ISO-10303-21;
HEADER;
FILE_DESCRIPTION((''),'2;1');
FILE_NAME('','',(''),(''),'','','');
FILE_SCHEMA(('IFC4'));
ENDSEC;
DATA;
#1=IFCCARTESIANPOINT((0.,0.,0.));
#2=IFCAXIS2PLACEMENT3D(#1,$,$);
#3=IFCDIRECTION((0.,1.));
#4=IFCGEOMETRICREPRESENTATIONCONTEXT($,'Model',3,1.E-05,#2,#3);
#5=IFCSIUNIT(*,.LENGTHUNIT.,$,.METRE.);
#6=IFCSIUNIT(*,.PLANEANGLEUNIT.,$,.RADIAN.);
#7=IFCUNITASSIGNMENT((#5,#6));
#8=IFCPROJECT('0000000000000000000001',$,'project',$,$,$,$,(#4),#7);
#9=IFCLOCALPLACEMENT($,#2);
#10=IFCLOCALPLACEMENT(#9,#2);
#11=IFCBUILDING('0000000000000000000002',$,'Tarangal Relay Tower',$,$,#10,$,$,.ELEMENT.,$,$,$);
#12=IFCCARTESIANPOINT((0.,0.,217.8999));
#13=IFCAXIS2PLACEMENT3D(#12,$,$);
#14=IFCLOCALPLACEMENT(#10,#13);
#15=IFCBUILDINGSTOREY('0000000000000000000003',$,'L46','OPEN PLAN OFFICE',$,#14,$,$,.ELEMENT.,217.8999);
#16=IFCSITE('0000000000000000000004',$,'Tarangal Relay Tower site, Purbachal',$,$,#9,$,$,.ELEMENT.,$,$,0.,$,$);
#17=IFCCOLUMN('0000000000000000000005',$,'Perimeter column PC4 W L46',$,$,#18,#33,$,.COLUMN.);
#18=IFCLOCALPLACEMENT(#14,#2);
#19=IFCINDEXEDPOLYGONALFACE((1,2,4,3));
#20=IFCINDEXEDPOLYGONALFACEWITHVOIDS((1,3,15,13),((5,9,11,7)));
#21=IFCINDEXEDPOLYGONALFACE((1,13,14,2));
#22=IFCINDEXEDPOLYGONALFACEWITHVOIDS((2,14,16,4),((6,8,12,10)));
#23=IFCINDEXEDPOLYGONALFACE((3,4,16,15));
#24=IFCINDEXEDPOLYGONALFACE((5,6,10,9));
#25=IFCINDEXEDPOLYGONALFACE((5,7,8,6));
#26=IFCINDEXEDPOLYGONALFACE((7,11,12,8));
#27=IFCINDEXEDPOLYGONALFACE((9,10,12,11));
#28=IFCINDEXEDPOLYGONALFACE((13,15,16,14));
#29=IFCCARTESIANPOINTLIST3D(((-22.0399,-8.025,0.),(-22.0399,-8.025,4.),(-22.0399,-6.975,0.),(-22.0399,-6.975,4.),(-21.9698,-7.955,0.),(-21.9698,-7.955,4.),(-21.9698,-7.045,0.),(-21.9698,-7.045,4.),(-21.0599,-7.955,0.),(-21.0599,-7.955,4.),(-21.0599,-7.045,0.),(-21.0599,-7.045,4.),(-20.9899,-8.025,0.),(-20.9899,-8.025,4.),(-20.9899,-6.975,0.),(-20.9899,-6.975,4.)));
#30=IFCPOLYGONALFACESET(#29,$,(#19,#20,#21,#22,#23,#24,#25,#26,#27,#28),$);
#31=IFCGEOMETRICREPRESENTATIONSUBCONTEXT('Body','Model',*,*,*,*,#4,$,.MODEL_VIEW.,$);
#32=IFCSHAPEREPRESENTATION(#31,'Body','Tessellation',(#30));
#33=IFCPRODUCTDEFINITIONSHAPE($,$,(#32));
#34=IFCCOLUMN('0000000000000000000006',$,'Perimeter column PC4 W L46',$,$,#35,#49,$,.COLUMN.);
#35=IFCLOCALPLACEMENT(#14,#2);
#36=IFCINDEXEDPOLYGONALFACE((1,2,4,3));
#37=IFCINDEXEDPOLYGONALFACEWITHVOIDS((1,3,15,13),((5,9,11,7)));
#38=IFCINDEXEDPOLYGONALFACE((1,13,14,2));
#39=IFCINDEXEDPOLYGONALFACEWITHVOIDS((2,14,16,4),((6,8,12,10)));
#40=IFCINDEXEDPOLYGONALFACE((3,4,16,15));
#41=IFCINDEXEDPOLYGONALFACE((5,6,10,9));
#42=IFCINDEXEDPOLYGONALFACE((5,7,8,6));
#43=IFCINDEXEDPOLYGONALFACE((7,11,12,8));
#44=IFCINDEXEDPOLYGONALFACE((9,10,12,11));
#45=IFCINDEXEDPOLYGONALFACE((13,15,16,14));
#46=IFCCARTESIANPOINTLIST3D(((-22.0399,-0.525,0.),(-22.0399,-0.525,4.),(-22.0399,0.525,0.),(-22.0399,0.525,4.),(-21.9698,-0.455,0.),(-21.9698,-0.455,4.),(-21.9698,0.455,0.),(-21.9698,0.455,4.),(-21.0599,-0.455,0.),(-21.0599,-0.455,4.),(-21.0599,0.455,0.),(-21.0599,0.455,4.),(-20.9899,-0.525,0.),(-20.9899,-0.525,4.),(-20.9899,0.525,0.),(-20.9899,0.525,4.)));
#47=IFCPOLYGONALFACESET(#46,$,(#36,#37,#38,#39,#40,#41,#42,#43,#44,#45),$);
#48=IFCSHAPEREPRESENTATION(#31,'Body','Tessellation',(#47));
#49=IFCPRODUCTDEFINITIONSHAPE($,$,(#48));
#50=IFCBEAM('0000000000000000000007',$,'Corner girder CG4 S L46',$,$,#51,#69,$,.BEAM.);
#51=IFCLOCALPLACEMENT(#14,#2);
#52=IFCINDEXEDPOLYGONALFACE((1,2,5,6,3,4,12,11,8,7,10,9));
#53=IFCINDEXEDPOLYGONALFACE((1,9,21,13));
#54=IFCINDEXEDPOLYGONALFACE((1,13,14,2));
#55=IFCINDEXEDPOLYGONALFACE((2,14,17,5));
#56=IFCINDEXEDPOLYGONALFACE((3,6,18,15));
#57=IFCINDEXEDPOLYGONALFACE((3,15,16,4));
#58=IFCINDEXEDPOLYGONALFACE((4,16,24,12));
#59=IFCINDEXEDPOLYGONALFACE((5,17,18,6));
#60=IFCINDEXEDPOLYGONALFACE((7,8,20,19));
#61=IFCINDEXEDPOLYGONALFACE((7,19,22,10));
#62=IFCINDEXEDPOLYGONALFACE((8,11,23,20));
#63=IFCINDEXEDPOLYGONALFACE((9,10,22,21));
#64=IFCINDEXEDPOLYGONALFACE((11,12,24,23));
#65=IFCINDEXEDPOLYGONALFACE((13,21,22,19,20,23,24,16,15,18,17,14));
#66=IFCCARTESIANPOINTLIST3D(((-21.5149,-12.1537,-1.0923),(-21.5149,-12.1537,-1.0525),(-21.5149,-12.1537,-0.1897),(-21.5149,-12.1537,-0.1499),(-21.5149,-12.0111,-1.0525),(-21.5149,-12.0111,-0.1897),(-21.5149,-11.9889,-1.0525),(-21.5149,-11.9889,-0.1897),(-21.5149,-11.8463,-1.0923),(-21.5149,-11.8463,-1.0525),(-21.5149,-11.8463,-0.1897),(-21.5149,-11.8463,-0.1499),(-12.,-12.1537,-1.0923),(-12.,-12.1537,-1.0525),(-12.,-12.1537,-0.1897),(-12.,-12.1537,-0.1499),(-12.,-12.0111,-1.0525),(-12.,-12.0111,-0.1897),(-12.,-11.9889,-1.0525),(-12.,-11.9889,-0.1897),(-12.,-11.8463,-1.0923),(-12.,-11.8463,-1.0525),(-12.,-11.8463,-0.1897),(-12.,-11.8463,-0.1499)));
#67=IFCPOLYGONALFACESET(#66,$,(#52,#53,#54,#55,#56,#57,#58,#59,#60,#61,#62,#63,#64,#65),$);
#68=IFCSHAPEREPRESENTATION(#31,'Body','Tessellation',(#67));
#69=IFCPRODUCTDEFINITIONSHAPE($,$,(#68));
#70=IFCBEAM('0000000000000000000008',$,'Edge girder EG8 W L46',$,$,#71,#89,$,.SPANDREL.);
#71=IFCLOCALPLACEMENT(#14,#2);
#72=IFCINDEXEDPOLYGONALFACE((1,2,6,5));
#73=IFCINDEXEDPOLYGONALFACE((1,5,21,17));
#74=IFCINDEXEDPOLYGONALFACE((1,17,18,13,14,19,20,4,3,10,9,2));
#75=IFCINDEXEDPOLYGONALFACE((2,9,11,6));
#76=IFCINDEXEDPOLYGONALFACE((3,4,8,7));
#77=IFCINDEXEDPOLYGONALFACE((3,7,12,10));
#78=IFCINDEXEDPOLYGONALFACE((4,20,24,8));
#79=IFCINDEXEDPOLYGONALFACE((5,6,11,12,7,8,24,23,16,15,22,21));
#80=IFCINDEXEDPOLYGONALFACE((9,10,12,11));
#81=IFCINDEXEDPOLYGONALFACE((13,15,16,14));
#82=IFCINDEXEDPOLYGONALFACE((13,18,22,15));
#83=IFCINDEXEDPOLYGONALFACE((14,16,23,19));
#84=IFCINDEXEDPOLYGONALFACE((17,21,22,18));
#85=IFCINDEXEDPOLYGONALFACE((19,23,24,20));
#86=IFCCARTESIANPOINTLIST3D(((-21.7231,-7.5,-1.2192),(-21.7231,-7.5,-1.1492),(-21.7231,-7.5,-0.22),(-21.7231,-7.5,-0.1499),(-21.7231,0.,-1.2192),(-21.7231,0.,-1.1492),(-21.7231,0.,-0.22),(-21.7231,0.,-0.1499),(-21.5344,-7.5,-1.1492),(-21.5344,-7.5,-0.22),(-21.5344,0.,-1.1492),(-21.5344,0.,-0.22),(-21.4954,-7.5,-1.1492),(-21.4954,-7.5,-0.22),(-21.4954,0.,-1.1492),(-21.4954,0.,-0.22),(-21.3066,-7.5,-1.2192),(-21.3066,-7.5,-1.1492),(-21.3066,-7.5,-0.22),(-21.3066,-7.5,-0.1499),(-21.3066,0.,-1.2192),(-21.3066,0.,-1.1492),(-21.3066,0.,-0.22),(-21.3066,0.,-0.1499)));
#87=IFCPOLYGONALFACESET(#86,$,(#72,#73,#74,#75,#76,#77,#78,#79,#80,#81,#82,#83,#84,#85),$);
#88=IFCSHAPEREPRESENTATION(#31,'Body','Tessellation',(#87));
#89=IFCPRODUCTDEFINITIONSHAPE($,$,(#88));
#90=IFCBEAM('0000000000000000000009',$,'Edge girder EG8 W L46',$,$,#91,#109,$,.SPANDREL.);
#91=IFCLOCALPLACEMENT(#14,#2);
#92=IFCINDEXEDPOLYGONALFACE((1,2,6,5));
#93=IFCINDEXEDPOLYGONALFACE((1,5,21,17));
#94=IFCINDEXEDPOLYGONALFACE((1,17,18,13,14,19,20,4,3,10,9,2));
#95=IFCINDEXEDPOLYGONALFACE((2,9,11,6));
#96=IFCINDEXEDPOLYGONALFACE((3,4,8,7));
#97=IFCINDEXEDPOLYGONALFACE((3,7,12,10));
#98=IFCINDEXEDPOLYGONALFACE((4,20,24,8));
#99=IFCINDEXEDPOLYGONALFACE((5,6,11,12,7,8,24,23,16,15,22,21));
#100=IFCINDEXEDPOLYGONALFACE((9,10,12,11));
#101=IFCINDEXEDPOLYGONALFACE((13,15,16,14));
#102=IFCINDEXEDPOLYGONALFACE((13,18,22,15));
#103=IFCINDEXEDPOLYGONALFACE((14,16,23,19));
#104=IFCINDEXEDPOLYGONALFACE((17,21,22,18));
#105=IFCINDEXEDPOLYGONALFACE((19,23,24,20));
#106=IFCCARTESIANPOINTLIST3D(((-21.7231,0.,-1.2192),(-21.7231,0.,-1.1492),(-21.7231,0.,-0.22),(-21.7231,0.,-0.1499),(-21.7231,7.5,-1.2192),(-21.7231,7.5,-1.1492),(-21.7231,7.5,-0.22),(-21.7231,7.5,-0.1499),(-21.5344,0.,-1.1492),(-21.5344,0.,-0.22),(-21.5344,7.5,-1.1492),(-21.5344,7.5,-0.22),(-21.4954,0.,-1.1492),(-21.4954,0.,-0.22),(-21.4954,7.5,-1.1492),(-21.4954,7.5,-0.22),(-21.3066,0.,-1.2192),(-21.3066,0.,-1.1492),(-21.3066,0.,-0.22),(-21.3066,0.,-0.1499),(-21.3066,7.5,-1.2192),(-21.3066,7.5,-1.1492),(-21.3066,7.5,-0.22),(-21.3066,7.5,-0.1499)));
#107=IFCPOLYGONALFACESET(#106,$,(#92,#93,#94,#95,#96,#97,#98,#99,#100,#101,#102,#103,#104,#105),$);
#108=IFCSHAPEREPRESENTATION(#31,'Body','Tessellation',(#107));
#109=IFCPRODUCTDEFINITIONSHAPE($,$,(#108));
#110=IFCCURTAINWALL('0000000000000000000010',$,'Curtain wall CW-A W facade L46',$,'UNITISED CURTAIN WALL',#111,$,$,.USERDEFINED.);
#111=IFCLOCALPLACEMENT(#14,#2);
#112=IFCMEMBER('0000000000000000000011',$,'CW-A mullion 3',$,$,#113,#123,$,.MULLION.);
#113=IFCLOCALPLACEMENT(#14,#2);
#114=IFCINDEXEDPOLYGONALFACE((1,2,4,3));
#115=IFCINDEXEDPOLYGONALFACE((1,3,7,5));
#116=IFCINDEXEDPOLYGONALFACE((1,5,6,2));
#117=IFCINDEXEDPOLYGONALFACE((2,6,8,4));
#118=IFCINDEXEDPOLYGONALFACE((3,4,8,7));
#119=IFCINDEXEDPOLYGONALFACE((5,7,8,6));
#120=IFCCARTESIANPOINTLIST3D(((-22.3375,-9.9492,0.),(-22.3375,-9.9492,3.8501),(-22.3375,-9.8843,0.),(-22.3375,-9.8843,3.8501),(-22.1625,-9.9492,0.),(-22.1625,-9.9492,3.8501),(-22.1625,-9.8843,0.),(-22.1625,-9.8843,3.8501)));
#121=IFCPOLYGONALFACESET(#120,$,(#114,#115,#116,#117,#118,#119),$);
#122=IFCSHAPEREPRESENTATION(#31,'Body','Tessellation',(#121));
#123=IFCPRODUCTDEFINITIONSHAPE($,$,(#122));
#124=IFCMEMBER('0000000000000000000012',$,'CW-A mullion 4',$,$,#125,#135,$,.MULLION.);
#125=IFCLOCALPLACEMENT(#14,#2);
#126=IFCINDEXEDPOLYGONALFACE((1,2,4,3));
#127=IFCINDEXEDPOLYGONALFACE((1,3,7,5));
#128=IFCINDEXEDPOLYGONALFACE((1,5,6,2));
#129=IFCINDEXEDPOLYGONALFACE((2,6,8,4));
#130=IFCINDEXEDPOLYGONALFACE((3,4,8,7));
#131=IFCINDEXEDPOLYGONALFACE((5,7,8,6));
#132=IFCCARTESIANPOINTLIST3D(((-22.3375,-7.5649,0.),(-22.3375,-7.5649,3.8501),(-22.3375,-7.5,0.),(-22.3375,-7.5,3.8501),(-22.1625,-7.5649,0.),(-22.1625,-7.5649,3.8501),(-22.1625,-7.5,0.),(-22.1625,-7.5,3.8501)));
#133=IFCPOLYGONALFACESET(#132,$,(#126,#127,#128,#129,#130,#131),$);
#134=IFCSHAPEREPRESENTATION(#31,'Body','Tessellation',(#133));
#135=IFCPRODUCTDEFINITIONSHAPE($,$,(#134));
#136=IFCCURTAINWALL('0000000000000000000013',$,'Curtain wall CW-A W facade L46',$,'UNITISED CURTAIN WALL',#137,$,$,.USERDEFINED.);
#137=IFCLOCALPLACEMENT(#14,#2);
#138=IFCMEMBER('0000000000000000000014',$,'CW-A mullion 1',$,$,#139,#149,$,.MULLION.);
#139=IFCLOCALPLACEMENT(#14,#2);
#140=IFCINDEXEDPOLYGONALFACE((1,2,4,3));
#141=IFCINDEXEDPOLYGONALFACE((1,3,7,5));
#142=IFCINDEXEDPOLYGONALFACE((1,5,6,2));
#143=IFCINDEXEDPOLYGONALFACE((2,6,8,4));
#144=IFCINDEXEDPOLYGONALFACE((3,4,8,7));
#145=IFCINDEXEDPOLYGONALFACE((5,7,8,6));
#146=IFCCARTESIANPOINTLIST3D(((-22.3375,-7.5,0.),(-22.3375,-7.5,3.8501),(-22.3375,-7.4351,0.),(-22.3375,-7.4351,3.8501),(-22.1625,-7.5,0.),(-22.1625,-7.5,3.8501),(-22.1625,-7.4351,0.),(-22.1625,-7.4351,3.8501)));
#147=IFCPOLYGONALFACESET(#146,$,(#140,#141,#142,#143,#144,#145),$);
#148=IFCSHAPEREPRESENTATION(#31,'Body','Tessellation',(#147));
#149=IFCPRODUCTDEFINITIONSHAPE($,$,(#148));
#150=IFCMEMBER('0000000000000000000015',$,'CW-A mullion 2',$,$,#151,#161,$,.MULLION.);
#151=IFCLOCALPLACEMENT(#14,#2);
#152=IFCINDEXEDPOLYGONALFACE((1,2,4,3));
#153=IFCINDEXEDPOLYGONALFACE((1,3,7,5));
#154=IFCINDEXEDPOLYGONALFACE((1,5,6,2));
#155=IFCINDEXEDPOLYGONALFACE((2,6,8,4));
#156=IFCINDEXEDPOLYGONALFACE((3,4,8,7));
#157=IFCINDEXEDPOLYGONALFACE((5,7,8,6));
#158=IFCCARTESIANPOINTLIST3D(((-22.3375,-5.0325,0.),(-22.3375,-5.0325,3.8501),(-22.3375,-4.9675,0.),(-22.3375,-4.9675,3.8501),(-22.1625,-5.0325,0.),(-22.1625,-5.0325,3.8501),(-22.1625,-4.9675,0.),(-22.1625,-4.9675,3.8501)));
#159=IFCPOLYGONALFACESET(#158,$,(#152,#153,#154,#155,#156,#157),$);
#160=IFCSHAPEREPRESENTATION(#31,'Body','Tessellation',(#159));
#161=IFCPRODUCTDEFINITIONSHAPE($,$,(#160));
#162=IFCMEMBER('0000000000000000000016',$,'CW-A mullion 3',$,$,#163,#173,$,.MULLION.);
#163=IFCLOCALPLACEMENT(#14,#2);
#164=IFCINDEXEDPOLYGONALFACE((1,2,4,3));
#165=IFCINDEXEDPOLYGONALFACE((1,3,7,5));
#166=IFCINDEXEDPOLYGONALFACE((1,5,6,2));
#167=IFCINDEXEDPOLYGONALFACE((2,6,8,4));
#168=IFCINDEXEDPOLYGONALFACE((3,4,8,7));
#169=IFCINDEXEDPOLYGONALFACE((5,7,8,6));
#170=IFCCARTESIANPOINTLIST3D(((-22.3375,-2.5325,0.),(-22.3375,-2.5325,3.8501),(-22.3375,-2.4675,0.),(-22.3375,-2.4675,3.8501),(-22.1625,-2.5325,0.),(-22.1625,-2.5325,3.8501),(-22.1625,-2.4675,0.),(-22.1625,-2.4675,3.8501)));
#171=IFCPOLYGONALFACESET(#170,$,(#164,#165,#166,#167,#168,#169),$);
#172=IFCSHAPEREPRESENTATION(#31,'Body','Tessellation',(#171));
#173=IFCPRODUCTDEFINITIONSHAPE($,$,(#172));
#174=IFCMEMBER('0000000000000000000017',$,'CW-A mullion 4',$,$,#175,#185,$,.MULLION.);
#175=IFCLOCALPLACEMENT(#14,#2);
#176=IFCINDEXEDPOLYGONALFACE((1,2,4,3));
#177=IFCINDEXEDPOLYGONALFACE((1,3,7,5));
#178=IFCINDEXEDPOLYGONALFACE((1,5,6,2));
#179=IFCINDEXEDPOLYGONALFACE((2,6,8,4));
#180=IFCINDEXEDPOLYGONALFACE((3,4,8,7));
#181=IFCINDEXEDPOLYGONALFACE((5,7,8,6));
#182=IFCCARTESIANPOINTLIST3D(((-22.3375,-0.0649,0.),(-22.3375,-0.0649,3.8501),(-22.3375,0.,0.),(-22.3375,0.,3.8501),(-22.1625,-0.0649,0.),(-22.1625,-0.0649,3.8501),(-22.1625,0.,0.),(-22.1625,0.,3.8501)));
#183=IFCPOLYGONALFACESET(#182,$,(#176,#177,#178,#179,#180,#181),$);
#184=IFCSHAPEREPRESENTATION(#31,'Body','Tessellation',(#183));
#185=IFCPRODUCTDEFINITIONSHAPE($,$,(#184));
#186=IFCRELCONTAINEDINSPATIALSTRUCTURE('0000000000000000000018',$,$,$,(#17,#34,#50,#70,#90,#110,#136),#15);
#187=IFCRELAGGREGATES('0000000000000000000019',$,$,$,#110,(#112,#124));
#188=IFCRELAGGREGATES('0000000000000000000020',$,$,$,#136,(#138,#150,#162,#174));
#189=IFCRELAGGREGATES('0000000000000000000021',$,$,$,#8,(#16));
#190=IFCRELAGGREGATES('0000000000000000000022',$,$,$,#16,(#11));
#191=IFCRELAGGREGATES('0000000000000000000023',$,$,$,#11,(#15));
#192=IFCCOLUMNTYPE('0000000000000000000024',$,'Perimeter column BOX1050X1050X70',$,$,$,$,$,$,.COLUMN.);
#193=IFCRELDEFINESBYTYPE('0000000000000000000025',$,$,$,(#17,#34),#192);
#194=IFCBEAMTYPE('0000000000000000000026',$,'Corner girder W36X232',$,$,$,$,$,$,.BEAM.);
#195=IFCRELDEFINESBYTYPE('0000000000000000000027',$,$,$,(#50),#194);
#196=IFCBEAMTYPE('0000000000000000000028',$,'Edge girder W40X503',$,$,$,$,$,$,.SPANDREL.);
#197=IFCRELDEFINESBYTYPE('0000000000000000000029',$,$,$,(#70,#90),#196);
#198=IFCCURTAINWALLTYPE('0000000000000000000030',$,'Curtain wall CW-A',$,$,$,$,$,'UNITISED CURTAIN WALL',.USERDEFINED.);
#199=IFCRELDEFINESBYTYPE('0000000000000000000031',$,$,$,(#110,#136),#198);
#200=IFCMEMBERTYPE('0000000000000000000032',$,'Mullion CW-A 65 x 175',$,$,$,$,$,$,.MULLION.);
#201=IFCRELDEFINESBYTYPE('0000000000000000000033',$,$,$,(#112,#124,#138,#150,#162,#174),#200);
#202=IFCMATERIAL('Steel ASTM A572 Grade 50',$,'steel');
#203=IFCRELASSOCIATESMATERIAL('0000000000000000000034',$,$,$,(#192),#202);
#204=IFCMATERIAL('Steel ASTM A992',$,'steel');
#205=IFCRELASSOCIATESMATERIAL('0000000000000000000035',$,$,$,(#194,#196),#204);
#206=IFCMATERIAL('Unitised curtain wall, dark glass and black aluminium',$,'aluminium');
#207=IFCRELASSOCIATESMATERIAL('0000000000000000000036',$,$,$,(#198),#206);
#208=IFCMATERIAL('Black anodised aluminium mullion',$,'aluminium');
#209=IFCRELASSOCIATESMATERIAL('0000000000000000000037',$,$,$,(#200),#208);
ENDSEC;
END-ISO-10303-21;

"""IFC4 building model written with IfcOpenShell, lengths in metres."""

from ifc_helpers import new_model, si_unit, direction, frame, origin, origin_2d, place, context, subcontext, project, spatial, rectangle, hollow_rectangle, i_section, extrude, material, material_profile, profile_set, type_object, element, aggregate, save


model = new_model("IFC4")

# Units and contexts
model_context = context("Model", 3, precision=1e-05, world=origin(), true_north=direction((0.0, 1.0)))
body_context = subcontext(model_context, "Body", "Model", "MODEL_VIEW")
ifc_project = project(units=[si_unit("LENGTHUNIT", "METRE"), si_unit("PLANEANGLEUNIT", "RADIAN")], contexts=[model_context])

# Site, building, storey
site_placement = place(None, origin())
site = spatial("IfcSite", under=ifc_project, at=site_placement, Name="Tarangal Relay Tower site, Purbachal", CompositionType="ELEMENT", RefElevation=0.0)
building_placement = place(site_placement, origin())
building = spatial("IfcBuilding", under=site, at=building_placement, Name="Tarangal Relay Tower", CompositionType="ELEMENT")
storey_placement = place(building_placement, frame((0.0, 0.0, 217.8999)))
storey = spatial("IfcBuildingStorey", under=building, at=storey_placement, Name="L46", Description="OPEN PLAN OFFICE", CompositionType="ELEMENT", Elevation=217.8999)

# Columns
ifc_material_1 = material(Name="Steel ASTM A572 Grade 50", Category="steel")
ifc_material_profile_1 = material_profile(ifc_material_1, hollow_rectangle(XDim=1.05, YDim=1.05, WallThickness=0.0701, at=origin_2d()), Name="BOX1050X1050X70")
ifc_profile_set_1 = profile_set([ifc_material_profile_1], Name="Steel ASTM A572 Grade 50")
column_type = type_object("IfcColumnType", Name="Perimeter column BOX1050X1050X70", PredefinedType="COLUMN", material=ifc_profile_set_1)
for number, where, z_axis, x_axis, name in (
    (1, (-21.5149, -7.5, 0.0), (0.0, 0.0, 1.0), (1.0, 0.0, 0.0), "Perimeter column PC4 W L46"),
    (2, (-21.5149, 0.0, 0.0), (0.0, 0.0, 1.0), (1.0, 0.0, 0.0), "Perimeter column PC4 W L46"),
):
    element("IfcColumn", number, at=place(storey_placement, frame(where, z_axis=z_axis, x_axis=x_axis)), inside=storey, type_object=column_type, Name=name, PredefinedType="COLUMN", context=body_context, shape_type="SweptSolid", body=[
        extrude(hollow_rectangle(XDim=1.05, YDim=1.05, WallThickness=0.0701, at=origin_2d()), origin(), (0.0, 0.0, 1.0), 4.0),
    ])

# Beams
ifc_material_2 = material(Name="Steel ASTM A992", Category="steel")
ifc_material_profile_2 = material_profile(ifc_material_2, i_section(OverallWidth=0.3074, OverallDepth=0.9424, WebThickness=0.0222, FlangeThickness=0.0398, at=origin_2d()), Name="W36X232")
ifc_profile_set_2 = profile_set([ifc_material_profile_2], Name="Steel ASTM A992")
beam_type_1 = type_object("IfcBeamType", Name="Corner girder W36X232", PredefinedType="BEAM", material=ifc_profile_set_2)
beam_placement = place(storey_placement, frame((-12.0, -12.0, -0.6211), z_axis=(-1.0, 0.0, 0.0), x_axis=(0.0, -1.0, 0.0)))
element("IfcBeam", 3, at=beam_placement, inside=storey, type_object=beam_type_1, Name="Corner girder CG4 S L46", PredefinedType="BEAM", context=body_context, shape_type="SweptSolid", body=[
    extrude(i_section(OverallWidth=0.3074, OverallDepth=0.9424, WebThickness=0.0222, FlangeThickness=0.0398, at=origin_2d()), origin(), (0.0, 0.0, 1.0), 9.5149),
])
ifc_material_profile_3 = material_profile(ifc_material_2, i_section(OverallWidth=0.4165, OverallDepth=1.0693, WebThickness=0.0391, FlangeThickness=0.0701, at=origin_2d()), Name="W40X503")
ifc_profile_set_3 = profile_set([ifc_material_profile_3], Name="Steel ASTM A992")
beam_type_2 = type_object("IfcBeamType", Name="Edge girder W40X503", PredefinedType="SPANDREL", material=ifc_profile_set_3)
for number, where, z_axis, x_axis, name in (
    (4, (-21.5149, -7.5, -0.6846), (0.0, 1.0, 0.0), (-1.0, 0.0, 0.0), "Edge girder EG8 W L46"),
    (5, (-21.5149, 0.0, -0.6846), (0.0, 1.0, 0.0), (-1.0, 0.0, 0.0), "Edge girder EG8 W L46"),
):
    element("IfcBeam", number, at=place(storey_placement, frame(where, z_axis=z_axis, x_axis=x_axis)), inside=storey, type_object=beam_type_2, Name=name, PredefinedType="SPANDREL", context=body_context, shape_type="SweptSolid", body=[
        extrude(i_section(OverallWidth=0.4165, OverallDepth=1.0693, WebThickness=0.0391, FlangeThickness=0.0701, at=origin_2d()), origin(), (0.0, 0.0, 1.0), 7.5),
    ])

# Curtain walls, members
ifc_material_3 = material(Name="Unitised curtain wall, dark glass and black aluminium", Category="aluminium")
curtain_wall_type = type_object("IfcCurtainWallType", Name="Curtain wall CW-A", ElementType="UNITISED CURTAIN WALL", PredefinedType="USERDEFINED", material=ifc_material_3)
curtain_wall_1_placement = place(storey_placement, origin())
curtain_wall_1 = element("IfcCurtainWall", 6, at=curtain_wall_1_placement, inside=storey, type_object=curtain_wall_type, Name="Curtain wall CW-A W facade L46", ObjectType="UNITISED CURTAIN WALL", PredefinedType="USERDEFINED")
ifc_material_4 = material(Name="Black anodised aluminium mullion", Category="aluminium")
ifc_material_profile_4 = material_profile(ifc_material_4, rectangle(XDim=0.175, YDim=0.0649, at=origin_2d()), Name="CW-AM 65X175")
ifc_profile_set_4 = profile_set([ifc_material_profile_4], Name="Black anodised aluminium mullion")
member_type_1 = type_object("IfcMemberType", Name="Mullion CW-A 65 x 175", PredefinedType="MULLION", material=ifc_profile_set_4)
member_1_placement = place(storey_placement, frame((-22.25, -9.9167, 0.0), z_axis=(0.0, 0.0, 1.0), x_axis=(-1.0, 0.0, 0.0)))
member_1 = element("IfcMember", 7, at=member_1_placement, type_object=member_type_1, Name="CW-A mullion 3", PredefinedType="MULLION", context=body_context, shape_type="SweptSolid", body=[
    extrude(rectangle(XDim=0.175, YDim=0.0649, at=origin_2d()), origin(), (0.0, 0.0, 1.0), 3.8501),
])
member_2_placement = place(storey_placement, frame((-22.25, -7.5325, 0.0), z_axis=(0.0, 0.0, 1.0), x_axis=(-1.0, 0.0, 0.0)))
member_2 = element("IfcMember", 8, at=member_2_placement, type_object=member_type_1, Name="CW-A mullion 4", PredefinedType="MULLION", context=body_context, shape_type="SweptSolid", body=[
    extrude(rectangle(XDim=0.175, YDim=0.0649, at=origin_2d()), origin(), (0.0, 0.0, 1.0), 3.8501),
])
curtain_wall_2_placement = place(storey_placement, origin())
curtain_wall_2 = element("IfcCurtainWall", 9, at=curtain_wall_2_placement, inside=storey, type_object=curtain_wall_type, Name="Curtain wall CW-A W facade L46", ObjectType="UNITISED CURTAIN WALL", PredefinedType="USERDEFINED")
member_3_placement = place(storey_placement, frame((-22.25, -7.4675, 0.0), z_axis=(0.0, 0.0, 1.0), x_axis=(-1.0, 0.0, 0.0)))
member_3 = element("IfcMember", 10, at=member_3_placement, type_object=member_type_1, Name="CW-A mullion 1", PredefinedType="MULLION", context=body_context, shape_type="SweptSolid", body=[
    extrude(rectangle(XDim=0.175, YDim=0.0649, at=origin_2d()), origin(), (0.0, 0.0, 1.0), 3.8501),
])
member_4_placement = place(storey_placement, frame((-22.25, -5.0, 0.0), z_axis=(0.0, 0.0, 1.0), x_axis=(-1.0, 0.0, 0.0)))
member_4 = element("IfcMember", 11, at=member_4_placement, type_object=member_type_1, Name="CW-A mullion 2", PredefinedType="MULLION", context=body_context, shape_type="SweptSolid", body=[
    extrude(rectangle(XDim=0.175, YDim=0.0649, at=origin_2d()), origin(), (0.0, 0.0, 1.0), 3.8501),
])
member_5_placement = place(storey_placement, frame((-22.25, -2.5, 0.0), z_axis=(0.0, 0.0, 1.0), x_axis=(-1.0, 0.0, 0.0)))
member_5 = element("IfcMember", 12, at=member_5_placement, type_object=member_type_1, Name="CW-A mullion 3", PredefinedType="MULLION", context=body_context, shape_type="SweptSolid", body=[
    extrude(rectangle(XDim=0.175, YDim=0.0649, at=origin_2d()), origin(), (0.0, 0.0, 1.0), 3.8501),
])
member_6_placement = place(storey_placement, frame((-22.25, -0.0325, 0.0), z_axis=(0.0, 0.0, 1.0), x_axis=(-1.0, 0.0, 0.0)))
member_6 = element("IfcMember", 13, at=member_6_placement, type_object=member_type_1, Name="CW-A mullion 4", PredefinedType="MULLION", context=body_context, shape_type="SweptSolid", body=[
    extrude(rectangle(XDim=0.175, YDim=0.0649, at=origin_2d()), origin(), (0.0, 0.0, 1.0), 3.8501),
])

aggregate(curtain_wall_1, [member_1, member_2])
aggregate(curtain_wall_2, [member_3, member_4, member_5, member_6])

save(model, "model.ifc")
